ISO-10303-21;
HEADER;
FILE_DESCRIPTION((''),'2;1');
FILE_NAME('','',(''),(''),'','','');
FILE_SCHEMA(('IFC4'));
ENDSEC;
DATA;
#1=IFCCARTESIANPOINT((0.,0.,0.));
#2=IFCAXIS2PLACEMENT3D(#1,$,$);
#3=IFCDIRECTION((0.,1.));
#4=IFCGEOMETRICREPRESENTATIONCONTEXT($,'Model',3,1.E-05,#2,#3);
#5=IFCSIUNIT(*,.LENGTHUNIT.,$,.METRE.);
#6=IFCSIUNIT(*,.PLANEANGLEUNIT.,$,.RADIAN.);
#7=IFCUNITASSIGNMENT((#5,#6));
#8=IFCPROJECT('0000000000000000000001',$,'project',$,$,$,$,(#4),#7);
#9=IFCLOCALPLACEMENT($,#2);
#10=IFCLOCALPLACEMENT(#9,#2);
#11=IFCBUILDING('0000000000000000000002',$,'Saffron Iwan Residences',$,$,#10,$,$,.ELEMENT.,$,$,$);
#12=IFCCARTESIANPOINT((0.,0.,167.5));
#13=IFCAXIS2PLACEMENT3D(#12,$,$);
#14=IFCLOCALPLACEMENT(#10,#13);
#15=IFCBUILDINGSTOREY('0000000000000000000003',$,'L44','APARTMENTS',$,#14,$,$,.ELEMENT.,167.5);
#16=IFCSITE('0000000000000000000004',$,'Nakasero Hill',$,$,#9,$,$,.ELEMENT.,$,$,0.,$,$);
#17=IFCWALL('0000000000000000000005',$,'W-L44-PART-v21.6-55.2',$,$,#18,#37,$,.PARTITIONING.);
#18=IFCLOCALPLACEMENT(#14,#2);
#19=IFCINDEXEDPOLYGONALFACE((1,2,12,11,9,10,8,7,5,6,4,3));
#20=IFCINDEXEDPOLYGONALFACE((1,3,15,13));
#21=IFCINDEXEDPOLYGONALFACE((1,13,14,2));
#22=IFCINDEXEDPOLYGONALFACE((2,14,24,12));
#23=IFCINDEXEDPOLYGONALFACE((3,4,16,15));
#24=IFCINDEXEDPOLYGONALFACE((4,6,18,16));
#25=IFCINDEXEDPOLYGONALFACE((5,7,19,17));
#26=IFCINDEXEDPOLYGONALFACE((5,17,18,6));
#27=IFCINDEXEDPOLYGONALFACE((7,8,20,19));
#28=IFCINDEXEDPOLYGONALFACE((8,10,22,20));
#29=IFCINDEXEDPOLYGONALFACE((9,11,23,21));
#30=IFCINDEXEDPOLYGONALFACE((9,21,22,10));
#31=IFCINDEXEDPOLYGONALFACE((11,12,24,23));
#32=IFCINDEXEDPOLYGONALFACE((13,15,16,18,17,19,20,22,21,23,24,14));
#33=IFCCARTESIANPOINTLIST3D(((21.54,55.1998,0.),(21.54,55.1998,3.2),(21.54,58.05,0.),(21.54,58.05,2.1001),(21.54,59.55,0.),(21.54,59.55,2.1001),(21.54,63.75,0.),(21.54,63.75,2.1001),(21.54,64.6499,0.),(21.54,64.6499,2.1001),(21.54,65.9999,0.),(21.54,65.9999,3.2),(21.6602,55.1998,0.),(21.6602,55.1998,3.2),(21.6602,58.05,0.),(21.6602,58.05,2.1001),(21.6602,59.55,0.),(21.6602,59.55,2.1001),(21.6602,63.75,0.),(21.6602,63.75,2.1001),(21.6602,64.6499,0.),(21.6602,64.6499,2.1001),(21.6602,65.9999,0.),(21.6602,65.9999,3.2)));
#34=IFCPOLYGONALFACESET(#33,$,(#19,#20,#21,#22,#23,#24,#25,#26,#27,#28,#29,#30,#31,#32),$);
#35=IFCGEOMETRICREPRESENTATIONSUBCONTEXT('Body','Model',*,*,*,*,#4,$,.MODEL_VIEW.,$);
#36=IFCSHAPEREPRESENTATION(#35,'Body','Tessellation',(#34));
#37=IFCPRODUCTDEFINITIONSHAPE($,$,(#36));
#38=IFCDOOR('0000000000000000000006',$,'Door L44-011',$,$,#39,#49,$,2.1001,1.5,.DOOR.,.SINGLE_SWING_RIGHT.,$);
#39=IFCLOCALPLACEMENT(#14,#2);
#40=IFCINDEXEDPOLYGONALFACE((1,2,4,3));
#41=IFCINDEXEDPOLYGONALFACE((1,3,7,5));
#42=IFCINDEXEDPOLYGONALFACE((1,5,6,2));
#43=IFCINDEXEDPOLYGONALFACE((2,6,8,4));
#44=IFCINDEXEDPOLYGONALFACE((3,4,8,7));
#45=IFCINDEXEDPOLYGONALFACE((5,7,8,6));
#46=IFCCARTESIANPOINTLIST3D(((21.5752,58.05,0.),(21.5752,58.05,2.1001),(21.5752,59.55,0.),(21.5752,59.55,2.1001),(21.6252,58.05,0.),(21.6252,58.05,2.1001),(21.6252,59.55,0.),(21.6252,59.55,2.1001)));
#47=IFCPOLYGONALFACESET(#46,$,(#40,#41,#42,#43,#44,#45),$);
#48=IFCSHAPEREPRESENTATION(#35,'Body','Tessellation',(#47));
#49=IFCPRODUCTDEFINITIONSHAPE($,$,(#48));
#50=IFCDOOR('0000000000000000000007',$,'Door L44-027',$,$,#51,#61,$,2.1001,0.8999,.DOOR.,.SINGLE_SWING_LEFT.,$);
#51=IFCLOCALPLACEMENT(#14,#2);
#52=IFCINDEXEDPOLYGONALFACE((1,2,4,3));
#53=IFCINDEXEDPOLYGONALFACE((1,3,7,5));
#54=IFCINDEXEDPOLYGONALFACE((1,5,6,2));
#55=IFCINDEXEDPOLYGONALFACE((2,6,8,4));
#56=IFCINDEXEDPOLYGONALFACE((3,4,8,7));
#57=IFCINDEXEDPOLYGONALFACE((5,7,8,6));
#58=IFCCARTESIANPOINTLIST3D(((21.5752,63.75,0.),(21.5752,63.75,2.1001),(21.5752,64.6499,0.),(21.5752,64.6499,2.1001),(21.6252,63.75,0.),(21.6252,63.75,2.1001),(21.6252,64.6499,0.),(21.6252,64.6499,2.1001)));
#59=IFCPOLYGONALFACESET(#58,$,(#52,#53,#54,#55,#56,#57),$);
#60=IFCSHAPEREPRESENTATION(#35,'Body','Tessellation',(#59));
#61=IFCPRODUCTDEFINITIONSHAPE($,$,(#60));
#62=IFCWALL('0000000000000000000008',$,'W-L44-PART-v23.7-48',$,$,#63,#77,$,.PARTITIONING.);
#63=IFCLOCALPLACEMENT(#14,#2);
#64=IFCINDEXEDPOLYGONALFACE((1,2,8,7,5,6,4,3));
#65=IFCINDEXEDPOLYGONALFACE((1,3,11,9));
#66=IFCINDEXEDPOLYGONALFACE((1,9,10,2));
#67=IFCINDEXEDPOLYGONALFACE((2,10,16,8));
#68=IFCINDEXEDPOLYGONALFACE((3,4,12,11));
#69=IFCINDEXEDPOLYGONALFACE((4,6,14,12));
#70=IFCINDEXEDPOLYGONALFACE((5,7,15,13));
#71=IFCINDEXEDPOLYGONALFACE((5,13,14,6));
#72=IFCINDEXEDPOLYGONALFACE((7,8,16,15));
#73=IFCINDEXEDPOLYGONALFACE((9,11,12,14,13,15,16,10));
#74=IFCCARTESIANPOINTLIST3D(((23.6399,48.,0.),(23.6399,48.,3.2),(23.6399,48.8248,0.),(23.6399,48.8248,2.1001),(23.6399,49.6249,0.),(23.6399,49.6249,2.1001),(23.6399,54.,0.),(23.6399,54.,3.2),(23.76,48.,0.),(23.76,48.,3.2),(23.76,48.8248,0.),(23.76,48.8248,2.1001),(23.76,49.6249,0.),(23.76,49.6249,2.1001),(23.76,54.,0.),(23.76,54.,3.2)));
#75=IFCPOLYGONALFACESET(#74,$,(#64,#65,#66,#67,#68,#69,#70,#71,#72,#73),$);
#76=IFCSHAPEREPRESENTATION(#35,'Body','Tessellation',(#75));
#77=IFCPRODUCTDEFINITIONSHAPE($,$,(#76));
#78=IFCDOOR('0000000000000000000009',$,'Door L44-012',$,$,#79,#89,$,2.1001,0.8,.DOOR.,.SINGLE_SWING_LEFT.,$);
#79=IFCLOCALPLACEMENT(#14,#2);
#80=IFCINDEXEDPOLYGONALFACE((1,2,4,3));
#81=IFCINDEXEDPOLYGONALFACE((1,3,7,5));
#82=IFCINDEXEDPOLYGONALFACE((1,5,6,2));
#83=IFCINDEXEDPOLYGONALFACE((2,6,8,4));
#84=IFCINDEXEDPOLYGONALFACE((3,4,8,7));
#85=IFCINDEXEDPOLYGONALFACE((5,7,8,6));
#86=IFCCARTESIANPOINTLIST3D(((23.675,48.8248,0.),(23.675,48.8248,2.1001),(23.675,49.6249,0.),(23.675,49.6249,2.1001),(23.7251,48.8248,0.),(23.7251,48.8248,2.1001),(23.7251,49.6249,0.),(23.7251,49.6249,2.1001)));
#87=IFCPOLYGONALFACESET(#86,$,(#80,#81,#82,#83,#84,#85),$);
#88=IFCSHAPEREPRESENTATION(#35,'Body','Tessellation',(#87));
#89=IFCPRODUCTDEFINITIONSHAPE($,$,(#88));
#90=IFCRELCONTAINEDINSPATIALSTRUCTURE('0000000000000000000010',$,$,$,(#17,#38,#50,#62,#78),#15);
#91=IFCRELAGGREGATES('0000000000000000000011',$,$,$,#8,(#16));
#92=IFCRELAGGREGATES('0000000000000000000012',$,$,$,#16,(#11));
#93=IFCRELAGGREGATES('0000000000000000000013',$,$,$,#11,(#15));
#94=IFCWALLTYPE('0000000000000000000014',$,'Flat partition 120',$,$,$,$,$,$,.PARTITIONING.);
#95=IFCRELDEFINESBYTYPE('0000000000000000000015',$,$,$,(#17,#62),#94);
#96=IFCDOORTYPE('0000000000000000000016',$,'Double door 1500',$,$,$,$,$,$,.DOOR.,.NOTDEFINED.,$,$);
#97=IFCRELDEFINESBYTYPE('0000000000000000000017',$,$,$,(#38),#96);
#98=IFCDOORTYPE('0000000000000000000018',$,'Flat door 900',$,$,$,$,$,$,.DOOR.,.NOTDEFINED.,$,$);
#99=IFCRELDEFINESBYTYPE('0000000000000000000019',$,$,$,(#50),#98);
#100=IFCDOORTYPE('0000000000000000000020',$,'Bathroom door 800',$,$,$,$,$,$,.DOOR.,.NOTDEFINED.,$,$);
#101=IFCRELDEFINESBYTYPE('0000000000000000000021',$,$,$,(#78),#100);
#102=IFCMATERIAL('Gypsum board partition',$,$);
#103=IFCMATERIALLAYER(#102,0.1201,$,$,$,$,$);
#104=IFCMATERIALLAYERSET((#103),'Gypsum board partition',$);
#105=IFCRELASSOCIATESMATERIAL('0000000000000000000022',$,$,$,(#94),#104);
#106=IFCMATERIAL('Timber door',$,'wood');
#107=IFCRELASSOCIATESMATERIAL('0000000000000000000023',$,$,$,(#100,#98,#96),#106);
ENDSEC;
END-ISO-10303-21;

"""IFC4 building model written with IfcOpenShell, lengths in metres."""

from ifc_helpers import new_model, si_unit, direction, frame, frame_2d, origin, place, context, subcontext, project, spatial, rectangle, extrude, material, layer, layer_set, type_object, element, fill, save


model = new_model("IFC4")

# Units and contexts
model_context = context("Model", 3, precision=1e-05, world=origin(), true_north=direction((0.0, 1.0)))
body_context = subcontext(model_context, "Body", "Model", "MODEL_VIEW")
ifc_project = project(units=[si_unit("LENGTHUNIT", "METRE"), si_unit("PLANEANGLEUNIT", "RADIAN")], contexts=[model_context])

# Site, building, storey
site_placement = place(None, origin())
site = spatial("IfcSite", under=ifc_project, at=site_placement, Name="Nakasero Hill", CompositionType="ELEMENT", RefElevation=0.0)
building_placement = place(site_placement, origin())
building = spatial("IfcBuilding", under=site, at=building_placement, Name="Saffron Iwan Residences", CompositionType="ELEMENT")
storey_placement = place(building_placement, frame((0.0, 0.0, 167.5)))
storey = spatial("IfcBuildingStorey", under=building, at=storey_placement, Name="L44", Description="APARTMENTS", CompositionType="ELEMENT", Elevation=167.5)

# Shared definitions
ifc_material_1 = material(Name="Gypsum board partition")
ifc_layer_1 = layer(ifc_material_1, 0.1201)
ifc_layer_set_1 = layer_set([ifc_layer_1], Name="Gypsum board partition")
wall_type_1 = type_object("IfcWallType", Name="Flat partition 120", PredefinedType="PARTITIONING", material=ifc_layer_set_1)

# Shared definitions
ifc_material_2 = material(Name="Timber door", Category="wood")
door_type_1 = type_object("IfcDoorType", Name="Bathroom door 800", OperationType="NOTDEFINED", PredefinedType="DOOR", material=ifc_material_2)

# Shared definitions
door_type_2 = type_object("IfcDoorType", Name="Flat door 900", OperationType="NOTDEFINED", PredefinedType="DOOR", material=ifc_material_2)

# Wall, openings, doors
wall_1_placement = place(storey_placement, frame((21.6001, 55.2, 0.0), z_axis=(0.0, 0.0, 1.0), x_axis=(0.0, 1.0, 0.0)))
wall_1 = element("IfcWall", 1, at=wall_1_placement, inside=storey, type_object=wall_type_1, Name="W-L44-PART-v21.6-55.2", PredefinedType="PARTITIONING", context=body_context, shape_type="SweptSolid", body=[
    extrude(rectangle(XDim=10.8, YDim=0.1201, at=frame_2d((5.3999, 0.0))), origin(), (0.0, 0.0, 1.0), 3.2),
])
opening_1_placement = place(wall_1_placement, frame((2.8501, 0.0, 0.0)))
opening_1 = element("IfcOpeningElement", 2, at=opening_1_placement, cuts=wall_1, PredefinedType="OPENING", context=body_context, shape_type="SweptSolid", body=[
    extrude(rectangle(XDim=1.5, YDim=2.1001, at=frame_2d((0.75, 1.05))), frame((0.0, 0.0701, 0.0), z_axis=(0.0, -1.0, 0.0), x_axis=(1.0, 0.0, 0.0)), (0.0, 0.0, 1.0), 0.1401),
])
opening_2_placement = place(wall_1_placement, frame((8.55, 0.0, 0.0)))
opening_2 = element("IfcOpeningElement", 3, at=opening_2_placement, cuts=wall_1, PredefinedType="OPENING", context=body_context, shape_type="SweptSolid", body=[
    extrude(rectangle(XDim=0.8999, YDim=2.1001, at=frame_2d((0.45, 1.05))), frame((0.0, 0.0701, 0.0), z_axis=(0.0, -1.0, 0.0), x_axis=(1.0, 0.0, 0.0)), (0.0, 0.0, 1.0), 0.1401),
])
door_type_3 = type_object("IfcDoorType", Name="Double door 1500", OperationType="NOTDEFINED", PredefinedType="DOOR", material=ifc_material_2)
door_1_placement = place(opening_1_placement, origin())
door_1 = element("IfcDoor", 4, at=door_1_placement, inside=storey, type_object=door_type_3, Name="Door L44-011", OperationType="SINGLE_SWING_RIGHT", OverallHeight=2.1001, OverallWidth=1.5, PredefinedType="DOOR", context=body_context, shape_type="SweptSolid", body=[
    extrude(rectangle(XDim=1.5, YDim=2.1001, at=frame_2d((0.75, 1.05))), frame((0.0, 0.0249, 0.0), z_axis=(0.0, -1.0, 0.0), x_axis=(1.0, 0.0, 0.0)), (0.0, 0.0, 1.0), 0.05),
])
fill(opening_1, door_1)
door_2_placement = place(opening_2_placement, origin())
door_2 = element("IfcDoor", 5, at=door_2_placement, inside=storey, type_object=door_type_2, Name="Door L44-027", OperationType="SINGLE_SWING_LEFT", OverallHeight=2.1001, OverallWidth=0.8999, PredefinedType="DOOR", context=body_context, shape_type="SweptSolid", body=[
    extrude(rectangle(XDim=0.8999, YDim=2.1001, at=frame_2d((0.45, 1.05))), frame((0.0, 0.0249, 0.0), z_axis=(0.0, -1.0, 0.0), x_axis=(1.0, 0.0, 0.0)), (0.0, 0.0, 1.0), 0.05),
])
fill(opening_2, door_2)

# Wall, opening, door
wall_2_placement = place(storey_placement, frame((23.7, 48.0, 0.0), z_axis=(0.0, 0.0, 1.0), x_axis=(0.0, 1.0, 0.0)))
wall_2 = element("IfcWall", 6, at=wall_2_placement, inside=storey, type_object=wall_type_1, Name="W-L44-PART-v23.7-48", PredefinedType="PARTITIONING", context=body_context, shape_type="SweptSolid", body=[
    extrude(rectangle(XDim=6.0, YDim=0.1201, at=frame_2d((3.0, 0.0))), origin(), (0.0, 0.0, 1.0), 3.2),
])
opening_3_placement = place(wall_2_placement, frame((0.825, 0.0, 0.0)))
opening_3 = element("IfcOpeningElement", 7, at=opening_3_placement, cuts=wall_2, PredefinedType="OPENING", context=body_context, shape_type="SweptSolid", body=[
    extrude(rectangle(XDim=0.8, YDim=2.1001, at=frame_2d((0.3999, 1.05))), frame((0.0, 0.0701, 0.0), z_axis=(0.0, -1.0, 0.0), x_axis=(1.0, 0.0, 0.0)), (0.0, 0.0, 1.0), 0.1401),
])
door_3_placement = place(opening_3_placement, origin())
door_3 = element("IfcDoor", 8, at=door_3_placement, inside=storey, type_object=door_type_1, Name="Door L44-012", OperationType="SINGLE_SWING_LEFT", OverallHeight=2.1001, OverallWidth=0.8, PredefinedType="DOOR", context=body_context, shape_type="SweptSolid", body=[
    extrude(rectangle(XDim=0.8, YDim=2.1001, at=frame_2d((0.3999, 1.05))), frame((0.0, 0.0249, 0.0), z_axis=(0.0, -1.0, 0.0), x_axis=(1.0, 0.0, 0.0)), (0.0, 0.0, 1.0), 0.05),
])
fill(opening_3, door_3)

save(model, "model.ifc")
